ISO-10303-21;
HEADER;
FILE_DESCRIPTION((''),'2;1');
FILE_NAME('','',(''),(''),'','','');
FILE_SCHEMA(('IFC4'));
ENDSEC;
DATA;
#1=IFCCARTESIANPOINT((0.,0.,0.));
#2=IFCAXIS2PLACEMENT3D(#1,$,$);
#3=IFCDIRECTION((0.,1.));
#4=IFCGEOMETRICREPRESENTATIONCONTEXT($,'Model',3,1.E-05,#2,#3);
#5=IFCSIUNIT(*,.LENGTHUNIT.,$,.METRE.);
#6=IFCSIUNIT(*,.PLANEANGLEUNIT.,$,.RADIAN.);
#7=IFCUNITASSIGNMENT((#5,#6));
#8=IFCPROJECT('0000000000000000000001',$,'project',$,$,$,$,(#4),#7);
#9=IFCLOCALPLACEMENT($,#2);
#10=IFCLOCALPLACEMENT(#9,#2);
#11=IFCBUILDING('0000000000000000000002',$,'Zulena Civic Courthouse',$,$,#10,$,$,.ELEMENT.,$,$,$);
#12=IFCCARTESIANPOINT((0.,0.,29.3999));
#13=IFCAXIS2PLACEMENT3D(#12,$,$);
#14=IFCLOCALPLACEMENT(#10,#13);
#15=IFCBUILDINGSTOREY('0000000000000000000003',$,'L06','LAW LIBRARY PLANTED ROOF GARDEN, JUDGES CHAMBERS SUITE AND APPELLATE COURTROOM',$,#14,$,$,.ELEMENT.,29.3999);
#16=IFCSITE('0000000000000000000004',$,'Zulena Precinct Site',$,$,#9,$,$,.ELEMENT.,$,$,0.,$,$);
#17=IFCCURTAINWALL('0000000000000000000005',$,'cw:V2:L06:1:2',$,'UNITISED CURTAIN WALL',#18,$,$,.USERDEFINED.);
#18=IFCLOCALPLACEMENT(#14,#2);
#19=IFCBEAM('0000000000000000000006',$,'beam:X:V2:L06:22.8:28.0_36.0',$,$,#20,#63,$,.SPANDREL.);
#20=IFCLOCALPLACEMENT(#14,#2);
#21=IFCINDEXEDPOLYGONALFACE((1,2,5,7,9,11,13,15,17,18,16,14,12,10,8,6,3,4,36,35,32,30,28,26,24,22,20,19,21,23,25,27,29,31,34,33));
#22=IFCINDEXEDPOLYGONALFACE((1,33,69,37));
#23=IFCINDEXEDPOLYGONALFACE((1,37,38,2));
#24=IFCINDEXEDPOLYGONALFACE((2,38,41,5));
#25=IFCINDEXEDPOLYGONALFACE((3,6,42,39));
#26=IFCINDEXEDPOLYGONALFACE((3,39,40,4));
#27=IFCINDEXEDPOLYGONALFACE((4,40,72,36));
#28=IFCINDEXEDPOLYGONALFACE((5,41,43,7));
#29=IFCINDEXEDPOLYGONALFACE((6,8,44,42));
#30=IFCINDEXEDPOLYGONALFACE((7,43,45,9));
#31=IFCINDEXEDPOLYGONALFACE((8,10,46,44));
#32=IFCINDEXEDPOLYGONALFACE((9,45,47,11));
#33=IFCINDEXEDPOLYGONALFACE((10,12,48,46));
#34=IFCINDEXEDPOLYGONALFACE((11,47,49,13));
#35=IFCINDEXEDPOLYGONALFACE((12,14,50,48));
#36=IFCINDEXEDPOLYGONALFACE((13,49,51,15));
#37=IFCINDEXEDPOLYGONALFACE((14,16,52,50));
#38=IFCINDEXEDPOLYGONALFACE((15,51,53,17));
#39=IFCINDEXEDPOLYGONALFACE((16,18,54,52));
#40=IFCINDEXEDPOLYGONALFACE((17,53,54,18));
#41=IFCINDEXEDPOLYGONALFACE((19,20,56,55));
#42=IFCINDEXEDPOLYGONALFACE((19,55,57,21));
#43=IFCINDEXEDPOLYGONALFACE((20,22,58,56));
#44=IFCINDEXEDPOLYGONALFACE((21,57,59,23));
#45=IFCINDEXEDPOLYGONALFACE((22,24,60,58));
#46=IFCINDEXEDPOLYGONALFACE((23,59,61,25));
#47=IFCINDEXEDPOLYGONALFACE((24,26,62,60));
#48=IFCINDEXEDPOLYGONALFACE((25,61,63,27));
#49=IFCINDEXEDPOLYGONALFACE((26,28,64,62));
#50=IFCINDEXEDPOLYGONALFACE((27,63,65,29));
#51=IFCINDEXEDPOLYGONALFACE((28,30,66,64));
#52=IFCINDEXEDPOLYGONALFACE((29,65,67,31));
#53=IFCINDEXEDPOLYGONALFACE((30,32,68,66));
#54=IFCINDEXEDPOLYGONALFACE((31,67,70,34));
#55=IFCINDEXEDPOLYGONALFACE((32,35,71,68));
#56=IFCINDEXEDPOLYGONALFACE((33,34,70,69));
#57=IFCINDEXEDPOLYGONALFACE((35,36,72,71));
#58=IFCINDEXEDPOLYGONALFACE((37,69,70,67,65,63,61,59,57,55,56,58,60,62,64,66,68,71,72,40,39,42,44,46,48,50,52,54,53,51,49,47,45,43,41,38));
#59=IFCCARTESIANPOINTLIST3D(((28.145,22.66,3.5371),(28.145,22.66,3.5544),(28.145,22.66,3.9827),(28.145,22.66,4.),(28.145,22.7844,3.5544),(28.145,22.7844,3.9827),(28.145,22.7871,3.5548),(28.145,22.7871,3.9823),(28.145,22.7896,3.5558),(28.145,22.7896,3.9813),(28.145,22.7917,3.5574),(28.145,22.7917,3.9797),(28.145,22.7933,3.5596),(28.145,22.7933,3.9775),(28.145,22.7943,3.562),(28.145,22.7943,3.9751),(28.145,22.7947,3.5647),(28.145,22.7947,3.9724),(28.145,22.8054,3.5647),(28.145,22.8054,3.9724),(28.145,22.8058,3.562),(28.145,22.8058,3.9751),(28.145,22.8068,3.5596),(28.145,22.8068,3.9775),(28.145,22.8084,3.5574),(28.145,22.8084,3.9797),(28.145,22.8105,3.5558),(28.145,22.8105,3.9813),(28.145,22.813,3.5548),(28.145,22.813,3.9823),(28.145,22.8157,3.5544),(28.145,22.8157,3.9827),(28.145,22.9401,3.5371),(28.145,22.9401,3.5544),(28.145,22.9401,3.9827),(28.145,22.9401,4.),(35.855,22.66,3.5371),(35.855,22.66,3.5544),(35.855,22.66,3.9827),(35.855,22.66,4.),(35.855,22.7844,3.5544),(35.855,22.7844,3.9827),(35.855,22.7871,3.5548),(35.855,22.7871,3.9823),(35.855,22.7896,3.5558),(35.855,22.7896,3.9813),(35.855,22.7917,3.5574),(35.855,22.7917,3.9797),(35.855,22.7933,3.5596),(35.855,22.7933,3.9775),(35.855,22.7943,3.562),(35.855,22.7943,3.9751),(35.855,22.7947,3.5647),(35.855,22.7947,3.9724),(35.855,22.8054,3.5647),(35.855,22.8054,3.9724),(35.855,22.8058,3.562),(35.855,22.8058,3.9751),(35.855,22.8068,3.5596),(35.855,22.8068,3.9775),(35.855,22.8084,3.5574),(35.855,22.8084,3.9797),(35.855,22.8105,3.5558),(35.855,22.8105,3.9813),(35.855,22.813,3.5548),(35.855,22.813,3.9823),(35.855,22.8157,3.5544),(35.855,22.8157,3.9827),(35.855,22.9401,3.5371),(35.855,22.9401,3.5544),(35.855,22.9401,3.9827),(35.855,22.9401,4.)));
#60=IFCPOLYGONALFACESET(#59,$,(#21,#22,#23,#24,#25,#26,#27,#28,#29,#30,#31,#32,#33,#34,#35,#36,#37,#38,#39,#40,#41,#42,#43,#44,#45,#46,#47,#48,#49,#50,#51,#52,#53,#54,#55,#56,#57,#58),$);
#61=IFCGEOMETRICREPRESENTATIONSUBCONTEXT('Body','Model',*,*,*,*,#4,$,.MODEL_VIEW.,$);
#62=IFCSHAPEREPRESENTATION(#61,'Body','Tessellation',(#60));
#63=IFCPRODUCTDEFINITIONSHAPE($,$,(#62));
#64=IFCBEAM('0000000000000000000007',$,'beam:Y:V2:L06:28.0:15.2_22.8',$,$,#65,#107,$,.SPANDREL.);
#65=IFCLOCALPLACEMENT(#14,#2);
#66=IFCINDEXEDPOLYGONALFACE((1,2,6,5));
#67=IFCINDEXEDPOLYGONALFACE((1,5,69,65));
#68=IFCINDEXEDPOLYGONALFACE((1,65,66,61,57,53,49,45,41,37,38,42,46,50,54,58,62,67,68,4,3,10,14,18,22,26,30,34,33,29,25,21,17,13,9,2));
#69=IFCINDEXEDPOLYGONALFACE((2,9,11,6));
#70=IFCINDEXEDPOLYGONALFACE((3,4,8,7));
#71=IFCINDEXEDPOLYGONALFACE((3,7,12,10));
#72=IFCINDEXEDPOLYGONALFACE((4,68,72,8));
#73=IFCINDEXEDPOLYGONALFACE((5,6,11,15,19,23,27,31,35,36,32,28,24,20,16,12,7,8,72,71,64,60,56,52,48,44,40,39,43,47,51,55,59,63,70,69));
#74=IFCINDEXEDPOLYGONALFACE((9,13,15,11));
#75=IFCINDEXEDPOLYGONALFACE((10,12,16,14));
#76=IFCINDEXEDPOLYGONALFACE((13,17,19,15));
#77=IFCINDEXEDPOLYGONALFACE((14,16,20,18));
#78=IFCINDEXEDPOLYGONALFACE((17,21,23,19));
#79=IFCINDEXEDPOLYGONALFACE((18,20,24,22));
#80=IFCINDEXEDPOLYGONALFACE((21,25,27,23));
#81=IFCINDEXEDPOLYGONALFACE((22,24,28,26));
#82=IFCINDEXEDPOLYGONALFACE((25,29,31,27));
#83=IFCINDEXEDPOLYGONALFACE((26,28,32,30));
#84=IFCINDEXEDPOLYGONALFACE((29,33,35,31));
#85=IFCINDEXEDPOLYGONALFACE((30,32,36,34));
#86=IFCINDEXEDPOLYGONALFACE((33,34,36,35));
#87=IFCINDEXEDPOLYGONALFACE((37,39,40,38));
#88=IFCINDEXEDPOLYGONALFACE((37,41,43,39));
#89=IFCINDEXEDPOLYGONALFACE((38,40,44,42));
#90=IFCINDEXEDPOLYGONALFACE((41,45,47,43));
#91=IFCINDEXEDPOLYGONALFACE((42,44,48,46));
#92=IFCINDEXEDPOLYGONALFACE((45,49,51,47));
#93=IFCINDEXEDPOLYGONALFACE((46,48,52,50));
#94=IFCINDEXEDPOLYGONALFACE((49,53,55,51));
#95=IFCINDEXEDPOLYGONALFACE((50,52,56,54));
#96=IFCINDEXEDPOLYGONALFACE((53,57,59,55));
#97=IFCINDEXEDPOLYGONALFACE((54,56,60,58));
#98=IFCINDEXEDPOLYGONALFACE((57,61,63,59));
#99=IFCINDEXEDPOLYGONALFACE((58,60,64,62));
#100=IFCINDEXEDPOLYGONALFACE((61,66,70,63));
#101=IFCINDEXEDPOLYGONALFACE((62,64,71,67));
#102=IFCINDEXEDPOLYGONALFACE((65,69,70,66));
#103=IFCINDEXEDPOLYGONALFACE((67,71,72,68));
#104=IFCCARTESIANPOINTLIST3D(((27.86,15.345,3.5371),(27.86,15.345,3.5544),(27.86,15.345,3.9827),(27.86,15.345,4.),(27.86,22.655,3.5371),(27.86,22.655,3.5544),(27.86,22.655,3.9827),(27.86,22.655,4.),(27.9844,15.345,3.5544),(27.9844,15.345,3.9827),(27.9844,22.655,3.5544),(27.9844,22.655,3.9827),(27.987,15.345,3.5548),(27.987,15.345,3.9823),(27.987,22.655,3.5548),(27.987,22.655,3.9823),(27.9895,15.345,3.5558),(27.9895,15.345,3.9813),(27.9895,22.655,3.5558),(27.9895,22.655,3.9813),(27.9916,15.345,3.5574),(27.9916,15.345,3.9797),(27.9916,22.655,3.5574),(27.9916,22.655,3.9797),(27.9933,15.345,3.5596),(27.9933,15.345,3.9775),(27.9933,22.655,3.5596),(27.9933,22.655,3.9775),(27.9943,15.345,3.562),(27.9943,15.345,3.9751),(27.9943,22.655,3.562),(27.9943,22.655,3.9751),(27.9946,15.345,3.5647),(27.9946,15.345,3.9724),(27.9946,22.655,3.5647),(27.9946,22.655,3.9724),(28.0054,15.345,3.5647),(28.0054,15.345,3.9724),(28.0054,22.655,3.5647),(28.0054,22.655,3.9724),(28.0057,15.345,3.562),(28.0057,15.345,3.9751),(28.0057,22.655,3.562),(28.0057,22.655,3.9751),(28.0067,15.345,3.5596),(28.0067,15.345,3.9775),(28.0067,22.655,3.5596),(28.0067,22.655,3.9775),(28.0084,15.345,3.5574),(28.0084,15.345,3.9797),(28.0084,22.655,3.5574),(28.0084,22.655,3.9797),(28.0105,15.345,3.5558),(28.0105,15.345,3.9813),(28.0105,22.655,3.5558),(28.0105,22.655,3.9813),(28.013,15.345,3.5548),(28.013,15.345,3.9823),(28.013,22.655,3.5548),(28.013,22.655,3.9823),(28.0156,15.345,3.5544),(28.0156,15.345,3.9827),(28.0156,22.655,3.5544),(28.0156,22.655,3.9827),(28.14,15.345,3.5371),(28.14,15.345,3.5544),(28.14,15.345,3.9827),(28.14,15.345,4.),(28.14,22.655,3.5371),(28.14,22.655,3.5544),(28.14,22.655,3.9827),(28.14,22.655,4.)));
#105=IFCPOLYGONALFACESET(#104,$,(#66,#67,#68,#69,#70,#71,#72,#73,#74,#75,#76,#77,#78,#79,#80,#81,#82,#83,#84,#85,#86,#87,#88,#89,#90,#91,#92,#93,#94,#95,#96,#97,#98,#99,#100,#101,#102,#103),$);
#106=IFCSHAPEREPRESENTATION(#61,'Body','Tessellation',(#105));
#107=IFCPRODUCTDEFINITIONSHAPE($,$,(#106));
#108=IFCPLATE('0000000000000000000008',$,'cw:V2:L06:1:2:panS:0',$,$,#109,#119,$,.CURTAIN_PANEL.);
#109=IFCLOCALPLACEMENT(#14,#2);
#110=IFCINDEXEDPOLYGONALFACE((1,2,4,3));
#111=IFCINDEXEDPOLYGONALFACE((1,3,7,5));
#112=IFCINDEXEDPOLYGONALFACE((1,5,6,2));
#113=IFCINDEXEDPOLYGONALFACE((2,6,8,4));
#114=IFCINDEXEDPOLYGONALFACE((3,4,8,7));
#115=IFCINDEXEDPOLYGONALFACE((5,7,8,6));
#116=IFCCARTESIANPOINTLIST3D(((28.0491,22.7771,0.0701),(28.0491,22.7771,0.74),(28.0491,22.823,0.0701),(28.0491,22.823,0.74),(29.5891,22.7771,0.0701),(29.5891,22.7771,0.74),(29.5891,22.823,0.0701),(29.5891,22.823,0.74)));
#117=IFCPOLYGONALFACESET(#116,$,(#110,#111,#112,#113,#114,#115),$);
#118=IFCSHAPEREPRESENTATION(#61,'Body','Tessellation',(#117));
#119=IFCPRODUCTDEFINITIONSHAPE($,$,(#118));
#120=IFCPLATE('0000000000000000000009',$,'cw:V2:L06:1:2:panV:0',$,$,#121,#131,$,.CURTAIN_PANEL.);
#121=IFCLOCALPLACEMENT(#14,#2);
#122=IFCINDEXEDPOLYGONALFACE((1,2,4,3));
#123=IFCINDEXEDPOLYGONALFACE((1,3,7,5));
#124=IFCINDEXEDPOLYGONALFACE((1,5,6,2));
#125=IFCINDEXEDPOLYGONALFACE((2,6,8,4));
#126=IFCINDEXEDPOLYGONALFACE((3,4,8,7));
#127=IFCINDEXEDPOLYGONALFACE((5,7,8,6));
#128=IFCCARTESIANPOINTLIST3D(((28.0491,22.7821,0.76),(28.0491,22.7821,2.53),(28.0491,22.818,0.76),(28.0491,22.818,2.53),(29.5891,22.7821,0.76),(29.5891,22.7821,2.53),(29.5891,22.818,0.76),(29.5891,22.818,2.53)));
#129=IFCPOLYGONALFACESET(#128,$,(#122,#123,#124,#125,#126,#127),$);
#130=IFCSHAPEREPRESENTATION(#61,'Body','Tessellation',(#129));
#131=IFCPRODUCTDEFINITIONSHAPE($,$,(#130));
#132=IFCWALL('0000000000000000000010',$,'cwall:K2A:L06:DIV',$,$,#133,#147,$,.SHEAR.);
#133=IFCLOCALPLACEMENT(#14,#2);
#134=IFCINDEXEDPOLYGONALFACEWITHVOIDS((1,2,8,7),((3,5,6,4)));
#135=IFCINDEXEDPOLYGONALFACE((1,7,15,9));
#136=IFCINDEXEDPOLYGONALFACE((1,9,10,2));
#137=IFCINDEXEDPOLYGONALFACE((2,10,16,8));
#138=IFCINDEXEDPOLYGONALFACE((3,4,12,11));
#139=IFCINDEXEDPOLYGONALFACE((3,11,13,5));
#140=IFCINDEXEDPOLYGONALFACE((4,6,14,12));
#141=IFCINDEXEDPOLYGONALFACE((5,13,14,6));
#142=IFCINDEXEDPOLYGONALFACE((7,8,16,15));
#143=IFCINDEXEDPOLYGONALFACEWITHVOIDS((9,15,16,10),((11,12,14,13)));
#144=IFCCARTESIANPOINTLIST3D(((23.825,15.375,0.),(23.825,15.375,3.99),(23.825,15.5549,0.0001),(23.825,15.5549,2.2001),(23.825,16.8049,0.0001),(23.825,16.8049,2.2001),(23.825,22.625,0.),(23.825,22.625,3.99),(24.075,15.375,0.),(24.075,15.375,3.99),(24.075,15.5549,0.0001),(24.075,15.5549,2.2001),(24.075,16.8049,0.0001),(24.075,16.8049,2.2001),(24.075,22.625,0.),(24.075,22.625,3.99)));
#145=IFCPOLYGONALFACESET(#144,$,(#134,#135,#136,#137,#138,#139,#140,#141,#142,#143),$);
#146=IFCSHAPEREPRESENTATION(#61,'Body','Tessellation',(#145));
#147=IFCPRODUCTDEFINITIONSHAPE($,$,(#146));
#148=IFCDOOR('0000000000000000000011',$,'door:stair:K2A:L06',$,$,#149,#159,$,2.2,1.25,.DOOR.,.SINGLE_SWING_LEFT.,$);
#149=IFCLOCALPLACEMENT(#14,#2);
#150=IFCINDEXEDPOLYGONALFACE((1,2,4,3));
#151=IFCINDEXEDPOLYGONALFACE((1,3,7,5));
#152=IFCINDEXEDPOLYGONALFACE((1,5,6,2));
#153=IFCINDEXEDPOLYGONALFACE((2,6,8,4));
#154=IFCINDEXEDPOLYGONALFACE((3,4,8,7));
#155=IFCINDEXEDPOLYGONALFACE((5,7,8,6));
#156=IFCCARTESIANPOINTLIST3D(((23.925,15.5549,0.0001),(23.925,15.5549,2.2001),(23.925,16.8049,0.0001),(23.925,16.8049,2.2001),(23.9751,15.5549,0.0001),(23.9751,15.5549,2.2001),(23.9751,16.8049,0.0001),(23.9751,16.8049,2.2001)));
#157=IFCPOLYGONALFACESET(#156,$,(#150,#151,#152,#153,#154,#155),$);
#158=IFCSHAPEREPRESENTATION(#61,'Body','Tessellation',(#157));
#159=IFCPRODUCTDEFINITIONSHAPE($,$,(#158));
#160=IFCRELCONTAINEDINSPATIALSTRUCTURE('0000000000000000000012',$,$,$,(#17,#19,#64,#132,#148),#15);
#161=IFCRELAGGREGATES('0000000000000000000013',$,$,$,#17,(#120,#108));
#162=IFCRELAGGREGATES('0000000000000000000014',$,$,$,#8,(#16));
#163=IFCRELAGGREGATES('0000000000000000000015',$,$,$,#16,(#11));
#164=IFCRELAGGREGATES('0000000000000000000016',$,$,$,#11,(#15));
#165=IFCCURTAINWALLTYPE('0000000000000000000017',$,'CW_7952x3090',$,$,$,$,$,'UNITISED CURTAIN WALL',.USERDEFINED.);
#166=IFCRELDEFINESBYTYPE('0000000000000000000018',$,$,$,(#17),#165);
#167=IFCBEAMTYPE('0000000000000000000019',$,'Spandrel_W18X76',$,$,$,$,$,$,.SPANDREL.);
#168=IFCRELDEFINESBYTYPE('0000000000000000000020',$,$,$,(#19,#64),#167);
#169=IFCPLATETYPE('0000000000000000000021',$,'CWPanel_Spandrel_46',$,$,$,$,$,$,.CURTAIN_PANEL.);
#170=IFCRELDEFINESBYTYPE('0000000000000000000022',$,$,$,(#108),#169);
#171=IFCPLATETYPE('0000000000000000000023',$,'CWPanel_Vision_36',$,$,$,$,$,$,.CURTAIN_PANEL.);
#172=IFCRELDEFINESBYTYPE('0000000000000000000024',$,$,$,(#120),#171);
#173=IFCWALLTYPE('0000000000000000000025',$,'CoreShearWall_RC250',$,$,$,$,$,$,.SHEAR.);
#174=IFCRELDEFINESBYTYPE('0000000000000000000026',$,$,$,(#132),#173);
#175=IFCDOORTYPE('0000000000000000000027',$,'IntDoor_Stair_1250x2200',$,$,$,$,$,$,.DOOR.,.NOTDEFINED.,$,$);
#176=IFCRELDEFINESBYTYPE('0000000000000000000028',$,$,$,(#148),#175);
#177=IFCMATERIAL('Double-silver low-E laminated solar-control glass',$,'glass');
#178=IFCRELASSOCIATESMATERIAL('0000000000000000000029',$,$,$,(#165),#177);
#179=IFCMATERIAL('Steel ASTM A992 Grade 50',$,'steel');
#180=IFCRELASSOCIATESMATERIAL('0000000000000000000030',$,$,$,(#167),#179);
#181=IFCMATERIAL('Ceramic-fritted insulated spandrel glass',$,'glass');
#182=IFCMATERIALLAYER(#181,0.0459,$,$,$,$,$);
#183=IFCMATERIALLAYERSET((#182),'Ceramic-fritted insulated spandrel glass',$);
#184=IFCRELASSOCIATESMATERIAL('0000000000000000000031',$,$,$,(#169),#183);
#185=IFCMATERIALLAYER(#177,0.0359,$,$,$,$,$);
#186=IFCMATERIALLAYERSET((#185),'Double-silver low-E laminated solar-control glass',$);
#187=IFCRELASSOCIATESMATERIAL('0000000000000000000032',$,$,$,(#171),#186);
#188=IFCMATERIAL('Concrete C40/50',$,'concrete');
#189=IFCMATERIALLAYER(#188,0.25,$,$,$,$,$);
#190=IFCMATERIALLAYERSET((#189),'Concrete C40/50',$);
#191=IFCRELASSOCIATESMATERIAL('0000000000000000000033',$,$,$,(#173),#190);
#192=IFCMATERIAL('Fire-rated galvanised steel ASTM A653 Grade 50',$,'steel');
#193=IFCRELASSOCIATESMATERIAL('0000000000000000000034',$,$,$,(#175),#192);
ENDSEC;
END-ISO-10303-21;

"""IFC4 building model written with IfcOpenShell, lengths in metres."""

from ifc_helpers import new_model, si_unit, direction, frame, frame_2d, origin, origin_2d, place, context, subcontext, project, spatial, rectangle, i_section, extrude, material, layer, layer_set, material_profile, profile_set, type_object, element, fill, aggregate, save


model = new_model("IFC4")

# Units and contexts
model_context = context("Model", 3, precision=1e-05, world=origin(), true_north=direction((0.0, 1.0)))
body_context = subcontext(model_context, "Body", "Model", "MODEL_VIEW")
ifc_project = project(units=[si_unit("LENGTHUNIT", "METRE"), si_unit("PLANEANGLEUNIT", "RADIAN")], contexts=[model_context])

# Site, building, storey
site_placement = place(None, origin())
site = spatial("IfcSite", under=ifc_project, at=site_placement, Name="Zulena Precinct Site", CompositionType="ELEMENT", RefElevation=0.0)
building_placement = place(site_placement, origin())
building = spatial("IfcBuilding", under=site, at=building_placement, Name="Zulena Civic Courthouse", CompositionType="ELEMENT")
storey_placement = place(building_placement, frame((0.0, 0.0, 29.3999)))
storey = spatial("IfcBuildingStorey", under=building, at=storey_placement, Name="L06", Description="LAW LIBRARY PLANTED ROOF GARDEN, JUDGES CHAMBERS SUITE AND APPELLATE COURTROOM", CompositionType="ELEMENT", Elevation=29.3999)

# Shared definitions
ifc_material_1 = material(Name="Steel ASTM A992 Grade 50", Category="steel")

# Curtain wall
ifc_material_2 = material(Name="Double-silver low-E laminated solar-control glass", Category="glass")
curtain_wall_type = type_object("IfcCurtainWallType", Name="CW_7952x3090", ElementType="UNITISED CURTAIN WALL", PredefinedType="USERDEFINED", material=ifc_material_2)
curtain_wall_placement = place(storey_placement, origin())
curtain_wall = element("IfcCurtainWall", 1, at=curtain_wall_placement, inside=storey, type_object=curtain_wall_type, Name="cw:V2:L06:1:2", ObjectType="UNITISED CURTAIN WALL", PredefinedType="USERDEFINED")

# Beams
ifc_material_profile_1 = material_profile(ifc_material_1, i_section(OverallWidth=0.28, OverallDepth=0.4629, WebThickness=0.0107, FlangeThickness=0.0173, FilletRadius=0.0103, at=origin_2d()), Name="W18X76")
ifc_profile_set_1 = profile_set([ifc_material_profile_1], Name="Steel ASTM A992 Grade 50")
beam_type_1 = type_object("IfcBeamType", Name="Spandrel_W18X76", PredefinedType="SPANDREL", material=ifc_profile_set_1)
beam_1_placement = place(storey_placement, frame((28.145, 22.8, 3.7686), z_axis=(1.0, 0.0, 0.0), x_axis=(0.0, 1.0, 0.0)))
element("IfcBeam", 2, at=beam_1_placement, inside=storey, type_object=beam_type_1, Name="beam:X:V2:L06:22.8:28.0_36.0", PredefinedType="SPANDREL", context=body_context, shape_type="SweptSolid", body=[
    extrude(i_section(OverallWidth=0.28, OverallDepth=0.4629, WebThickness=0.0107, FlangeThickness=0.0173, FilletRadius=0.0103, at=origin_2d()), origin(), (0.0, 0.0, 1.0), 7.71),
])
beam_2_placement = place(storey_placement, frame((28.0, 15.345, 3.7686), z_axis=(0.0, 1.0, 0.0), x_axis=(-1.0, 0.0, 0.0)))
element("IfcBeam", 3, at=beam_2_placement, inside=storey, type_object=beam_type_1, Name="beam:Y:V2:L06:28.0:15.2_22.8", PredefinedType="SPANDREL", context=body_context, shape_type="SweptSolid", body=[
    extrude(i_section(OverallWidth=0.28, OverallDepth=0.4629, WebThickness=0.0107, FlangeThickness=0.0173, FilletRadius=0.0103, at=origin_2d()), origin(), (0.0, 0.0, 1.0), 7.3101),
])

# Plates
ifc_material_3 = material(Name="Ceramic-fritted insulated spandrel glass", Category="glass")
ifc_layer_1 = layer(ifc_material_3, 0.0459)
ifc_layer_set_1 = layer_set([ifc_layer_1], Name="Ceramic-fritted insulated spandrel glass")
plate_type_1 = type_object("IfcPlateType", Name="CWPanel_Spandrel_46", PredefinedType="CURTAIN_PANEL", material=ifc_layer_set_1)
plate_1_placement = place(storey_placement, frame((28.8191, 22.8, 0.0701), z_axis=(0.0, 0.0, 1.0), x_axis=(1.0, 0.0, 0.0)))
plate_1 = element("IfcPlate", 4, at=plate_1_placement, type_object=plate_type_1, Name="cw:V2:L06:1:2:panS:0", PredefinedType="CURTAIN_PANEL", context=body_context, shape_type="SweptSolid", body=[
    extrude(rectangle(XDim=1.54, YDim=0.0459, at=origin_2d()), origin(), (0.0, 0.0, 1.0), 0.6699),
])
ifc_layer_2 = layer(ifc_material_2, 0.0359)
ifc_layer_set_2 = layer_set([ifc_layer_2], Name="Double-silver low-E laminated solar-control glass")
plate_type_2 = type_object("IfcPlateType", Name="CWPanel_Vision_36", PredefinedType="CURTAIN_PANEL", material=ifc_layer_set_2)
plate_2_placement = place(storey_placement, frame((28.8191, 22.8, 0.76), z_axis=(0.0, 0.0, 1.0), x_axis=(1.0, 0.0, 0.0)))
plate_2 = element("IfcPlate", 5, at=plate_2_placement, type_object=plate_type_2, Name="cw:V2:L06:1:2:panV:0", PredefinedType="CURTAIN_PANEL", context=body_context, shape_type="SweptSolid", body=[
    extrude(rectangle(XDim=1.54, YDim=0.0359, at=origin_2d()), origin(), (0.0, 0.0, 1.0), 1.77),
])
aggregate(curtain_wall, [plate_2, plate_1])

# Wall, opening, door
ifc_material_4 = material(Name="Concrete C40/50", Category="concrete")
ifc_layer_3 = layer(ifc_material_4, 0.25)
ifc_layer_set_3 = layer_set([ifc_layer_3], Name="Concrete C40/50")
wall_type_1 = type_object("IfcWallType", Name="CoreShearWall_RC250", PredefinedType="SHEAR", material=ifc_layer_set_3)
wall_1_placement = place(storey_placement, frame((23.95, 15.375, 0.0), z_axis=(0.0, 0.0, 1.0), x_axis=(0.0, 1.0, 0.0)))
wall_1 = element("IfcWall", 6, at=wall_1_placement, inside=storey, type_object=wall_type_1, Name="cwall:K2A:L06:DIV", PredefinedType="SHEAR", context=body_context, shape_type="SweptSolid", body=[
    extrude(rectangle(XDim=7.25, YDim=0.25, at=frame_2d((3.625, 0.0))), origin(), (0.0, 0.0, 1.0), 3.99),
])
opening_1_placement = place(wall_1_placement, frame((0.1799, 0.0, 0.0)))
opening_1 = element("IfcOpeningElement", 7, at=opening_1_placement, cuts=wall_1, PredefinedType="OPENING", context=body_context, shape_type="SweptSolid", body=[
    extrude(rectangle(XDim=1.25, YDim=2.2, at=frame_2d((0.625, 1.1001))), frame((0.0, 0.135, 0.0), z_axis=(0.0, -1.0, 0.0), x_axis=(1.0, 0.0, 0.0)), (0.0, 0.0, 1.0), 0.27),
])
ifc_material_5 = material(Name="Fire-rated galvanised steel ASTM A653 Grade 50", Category="steel")
door_type_1 = type_object("IfcDoorType", Name="IntDoor_Stair_1250x2200", OperationType="NOTDEFINED", PredefinedType="DOOR", material=ifc_material_5)
door_1_placement = place(opening_1_placement, origin())
door_1 = element("IfcDoor", 8, at=door_1_placement, inside=storey, type_object=door_type_1, Name="door:stair:K2A:L06", OperationType="SINGLE_SWING_LEFT", OverallHeight=2.2, OverallWidth=1.25, PredefinedType="DOOR", context=body_context, shape_type="SweptSolid", body=[
    extrude(rectangle(XDim=1.25, YDim=2.2, at=frame_2d((0.625, 1.1001))), frame((0.0, 0.0249, 0.0), z_axis=(0.0, -1.0, 0.0), x_axis=(1.0, 0.0, 0.0)), (0.0, 0.0, 1.0), 0.05),
])
fill(opening_1, door_1)

save(model, "model.ifc")
